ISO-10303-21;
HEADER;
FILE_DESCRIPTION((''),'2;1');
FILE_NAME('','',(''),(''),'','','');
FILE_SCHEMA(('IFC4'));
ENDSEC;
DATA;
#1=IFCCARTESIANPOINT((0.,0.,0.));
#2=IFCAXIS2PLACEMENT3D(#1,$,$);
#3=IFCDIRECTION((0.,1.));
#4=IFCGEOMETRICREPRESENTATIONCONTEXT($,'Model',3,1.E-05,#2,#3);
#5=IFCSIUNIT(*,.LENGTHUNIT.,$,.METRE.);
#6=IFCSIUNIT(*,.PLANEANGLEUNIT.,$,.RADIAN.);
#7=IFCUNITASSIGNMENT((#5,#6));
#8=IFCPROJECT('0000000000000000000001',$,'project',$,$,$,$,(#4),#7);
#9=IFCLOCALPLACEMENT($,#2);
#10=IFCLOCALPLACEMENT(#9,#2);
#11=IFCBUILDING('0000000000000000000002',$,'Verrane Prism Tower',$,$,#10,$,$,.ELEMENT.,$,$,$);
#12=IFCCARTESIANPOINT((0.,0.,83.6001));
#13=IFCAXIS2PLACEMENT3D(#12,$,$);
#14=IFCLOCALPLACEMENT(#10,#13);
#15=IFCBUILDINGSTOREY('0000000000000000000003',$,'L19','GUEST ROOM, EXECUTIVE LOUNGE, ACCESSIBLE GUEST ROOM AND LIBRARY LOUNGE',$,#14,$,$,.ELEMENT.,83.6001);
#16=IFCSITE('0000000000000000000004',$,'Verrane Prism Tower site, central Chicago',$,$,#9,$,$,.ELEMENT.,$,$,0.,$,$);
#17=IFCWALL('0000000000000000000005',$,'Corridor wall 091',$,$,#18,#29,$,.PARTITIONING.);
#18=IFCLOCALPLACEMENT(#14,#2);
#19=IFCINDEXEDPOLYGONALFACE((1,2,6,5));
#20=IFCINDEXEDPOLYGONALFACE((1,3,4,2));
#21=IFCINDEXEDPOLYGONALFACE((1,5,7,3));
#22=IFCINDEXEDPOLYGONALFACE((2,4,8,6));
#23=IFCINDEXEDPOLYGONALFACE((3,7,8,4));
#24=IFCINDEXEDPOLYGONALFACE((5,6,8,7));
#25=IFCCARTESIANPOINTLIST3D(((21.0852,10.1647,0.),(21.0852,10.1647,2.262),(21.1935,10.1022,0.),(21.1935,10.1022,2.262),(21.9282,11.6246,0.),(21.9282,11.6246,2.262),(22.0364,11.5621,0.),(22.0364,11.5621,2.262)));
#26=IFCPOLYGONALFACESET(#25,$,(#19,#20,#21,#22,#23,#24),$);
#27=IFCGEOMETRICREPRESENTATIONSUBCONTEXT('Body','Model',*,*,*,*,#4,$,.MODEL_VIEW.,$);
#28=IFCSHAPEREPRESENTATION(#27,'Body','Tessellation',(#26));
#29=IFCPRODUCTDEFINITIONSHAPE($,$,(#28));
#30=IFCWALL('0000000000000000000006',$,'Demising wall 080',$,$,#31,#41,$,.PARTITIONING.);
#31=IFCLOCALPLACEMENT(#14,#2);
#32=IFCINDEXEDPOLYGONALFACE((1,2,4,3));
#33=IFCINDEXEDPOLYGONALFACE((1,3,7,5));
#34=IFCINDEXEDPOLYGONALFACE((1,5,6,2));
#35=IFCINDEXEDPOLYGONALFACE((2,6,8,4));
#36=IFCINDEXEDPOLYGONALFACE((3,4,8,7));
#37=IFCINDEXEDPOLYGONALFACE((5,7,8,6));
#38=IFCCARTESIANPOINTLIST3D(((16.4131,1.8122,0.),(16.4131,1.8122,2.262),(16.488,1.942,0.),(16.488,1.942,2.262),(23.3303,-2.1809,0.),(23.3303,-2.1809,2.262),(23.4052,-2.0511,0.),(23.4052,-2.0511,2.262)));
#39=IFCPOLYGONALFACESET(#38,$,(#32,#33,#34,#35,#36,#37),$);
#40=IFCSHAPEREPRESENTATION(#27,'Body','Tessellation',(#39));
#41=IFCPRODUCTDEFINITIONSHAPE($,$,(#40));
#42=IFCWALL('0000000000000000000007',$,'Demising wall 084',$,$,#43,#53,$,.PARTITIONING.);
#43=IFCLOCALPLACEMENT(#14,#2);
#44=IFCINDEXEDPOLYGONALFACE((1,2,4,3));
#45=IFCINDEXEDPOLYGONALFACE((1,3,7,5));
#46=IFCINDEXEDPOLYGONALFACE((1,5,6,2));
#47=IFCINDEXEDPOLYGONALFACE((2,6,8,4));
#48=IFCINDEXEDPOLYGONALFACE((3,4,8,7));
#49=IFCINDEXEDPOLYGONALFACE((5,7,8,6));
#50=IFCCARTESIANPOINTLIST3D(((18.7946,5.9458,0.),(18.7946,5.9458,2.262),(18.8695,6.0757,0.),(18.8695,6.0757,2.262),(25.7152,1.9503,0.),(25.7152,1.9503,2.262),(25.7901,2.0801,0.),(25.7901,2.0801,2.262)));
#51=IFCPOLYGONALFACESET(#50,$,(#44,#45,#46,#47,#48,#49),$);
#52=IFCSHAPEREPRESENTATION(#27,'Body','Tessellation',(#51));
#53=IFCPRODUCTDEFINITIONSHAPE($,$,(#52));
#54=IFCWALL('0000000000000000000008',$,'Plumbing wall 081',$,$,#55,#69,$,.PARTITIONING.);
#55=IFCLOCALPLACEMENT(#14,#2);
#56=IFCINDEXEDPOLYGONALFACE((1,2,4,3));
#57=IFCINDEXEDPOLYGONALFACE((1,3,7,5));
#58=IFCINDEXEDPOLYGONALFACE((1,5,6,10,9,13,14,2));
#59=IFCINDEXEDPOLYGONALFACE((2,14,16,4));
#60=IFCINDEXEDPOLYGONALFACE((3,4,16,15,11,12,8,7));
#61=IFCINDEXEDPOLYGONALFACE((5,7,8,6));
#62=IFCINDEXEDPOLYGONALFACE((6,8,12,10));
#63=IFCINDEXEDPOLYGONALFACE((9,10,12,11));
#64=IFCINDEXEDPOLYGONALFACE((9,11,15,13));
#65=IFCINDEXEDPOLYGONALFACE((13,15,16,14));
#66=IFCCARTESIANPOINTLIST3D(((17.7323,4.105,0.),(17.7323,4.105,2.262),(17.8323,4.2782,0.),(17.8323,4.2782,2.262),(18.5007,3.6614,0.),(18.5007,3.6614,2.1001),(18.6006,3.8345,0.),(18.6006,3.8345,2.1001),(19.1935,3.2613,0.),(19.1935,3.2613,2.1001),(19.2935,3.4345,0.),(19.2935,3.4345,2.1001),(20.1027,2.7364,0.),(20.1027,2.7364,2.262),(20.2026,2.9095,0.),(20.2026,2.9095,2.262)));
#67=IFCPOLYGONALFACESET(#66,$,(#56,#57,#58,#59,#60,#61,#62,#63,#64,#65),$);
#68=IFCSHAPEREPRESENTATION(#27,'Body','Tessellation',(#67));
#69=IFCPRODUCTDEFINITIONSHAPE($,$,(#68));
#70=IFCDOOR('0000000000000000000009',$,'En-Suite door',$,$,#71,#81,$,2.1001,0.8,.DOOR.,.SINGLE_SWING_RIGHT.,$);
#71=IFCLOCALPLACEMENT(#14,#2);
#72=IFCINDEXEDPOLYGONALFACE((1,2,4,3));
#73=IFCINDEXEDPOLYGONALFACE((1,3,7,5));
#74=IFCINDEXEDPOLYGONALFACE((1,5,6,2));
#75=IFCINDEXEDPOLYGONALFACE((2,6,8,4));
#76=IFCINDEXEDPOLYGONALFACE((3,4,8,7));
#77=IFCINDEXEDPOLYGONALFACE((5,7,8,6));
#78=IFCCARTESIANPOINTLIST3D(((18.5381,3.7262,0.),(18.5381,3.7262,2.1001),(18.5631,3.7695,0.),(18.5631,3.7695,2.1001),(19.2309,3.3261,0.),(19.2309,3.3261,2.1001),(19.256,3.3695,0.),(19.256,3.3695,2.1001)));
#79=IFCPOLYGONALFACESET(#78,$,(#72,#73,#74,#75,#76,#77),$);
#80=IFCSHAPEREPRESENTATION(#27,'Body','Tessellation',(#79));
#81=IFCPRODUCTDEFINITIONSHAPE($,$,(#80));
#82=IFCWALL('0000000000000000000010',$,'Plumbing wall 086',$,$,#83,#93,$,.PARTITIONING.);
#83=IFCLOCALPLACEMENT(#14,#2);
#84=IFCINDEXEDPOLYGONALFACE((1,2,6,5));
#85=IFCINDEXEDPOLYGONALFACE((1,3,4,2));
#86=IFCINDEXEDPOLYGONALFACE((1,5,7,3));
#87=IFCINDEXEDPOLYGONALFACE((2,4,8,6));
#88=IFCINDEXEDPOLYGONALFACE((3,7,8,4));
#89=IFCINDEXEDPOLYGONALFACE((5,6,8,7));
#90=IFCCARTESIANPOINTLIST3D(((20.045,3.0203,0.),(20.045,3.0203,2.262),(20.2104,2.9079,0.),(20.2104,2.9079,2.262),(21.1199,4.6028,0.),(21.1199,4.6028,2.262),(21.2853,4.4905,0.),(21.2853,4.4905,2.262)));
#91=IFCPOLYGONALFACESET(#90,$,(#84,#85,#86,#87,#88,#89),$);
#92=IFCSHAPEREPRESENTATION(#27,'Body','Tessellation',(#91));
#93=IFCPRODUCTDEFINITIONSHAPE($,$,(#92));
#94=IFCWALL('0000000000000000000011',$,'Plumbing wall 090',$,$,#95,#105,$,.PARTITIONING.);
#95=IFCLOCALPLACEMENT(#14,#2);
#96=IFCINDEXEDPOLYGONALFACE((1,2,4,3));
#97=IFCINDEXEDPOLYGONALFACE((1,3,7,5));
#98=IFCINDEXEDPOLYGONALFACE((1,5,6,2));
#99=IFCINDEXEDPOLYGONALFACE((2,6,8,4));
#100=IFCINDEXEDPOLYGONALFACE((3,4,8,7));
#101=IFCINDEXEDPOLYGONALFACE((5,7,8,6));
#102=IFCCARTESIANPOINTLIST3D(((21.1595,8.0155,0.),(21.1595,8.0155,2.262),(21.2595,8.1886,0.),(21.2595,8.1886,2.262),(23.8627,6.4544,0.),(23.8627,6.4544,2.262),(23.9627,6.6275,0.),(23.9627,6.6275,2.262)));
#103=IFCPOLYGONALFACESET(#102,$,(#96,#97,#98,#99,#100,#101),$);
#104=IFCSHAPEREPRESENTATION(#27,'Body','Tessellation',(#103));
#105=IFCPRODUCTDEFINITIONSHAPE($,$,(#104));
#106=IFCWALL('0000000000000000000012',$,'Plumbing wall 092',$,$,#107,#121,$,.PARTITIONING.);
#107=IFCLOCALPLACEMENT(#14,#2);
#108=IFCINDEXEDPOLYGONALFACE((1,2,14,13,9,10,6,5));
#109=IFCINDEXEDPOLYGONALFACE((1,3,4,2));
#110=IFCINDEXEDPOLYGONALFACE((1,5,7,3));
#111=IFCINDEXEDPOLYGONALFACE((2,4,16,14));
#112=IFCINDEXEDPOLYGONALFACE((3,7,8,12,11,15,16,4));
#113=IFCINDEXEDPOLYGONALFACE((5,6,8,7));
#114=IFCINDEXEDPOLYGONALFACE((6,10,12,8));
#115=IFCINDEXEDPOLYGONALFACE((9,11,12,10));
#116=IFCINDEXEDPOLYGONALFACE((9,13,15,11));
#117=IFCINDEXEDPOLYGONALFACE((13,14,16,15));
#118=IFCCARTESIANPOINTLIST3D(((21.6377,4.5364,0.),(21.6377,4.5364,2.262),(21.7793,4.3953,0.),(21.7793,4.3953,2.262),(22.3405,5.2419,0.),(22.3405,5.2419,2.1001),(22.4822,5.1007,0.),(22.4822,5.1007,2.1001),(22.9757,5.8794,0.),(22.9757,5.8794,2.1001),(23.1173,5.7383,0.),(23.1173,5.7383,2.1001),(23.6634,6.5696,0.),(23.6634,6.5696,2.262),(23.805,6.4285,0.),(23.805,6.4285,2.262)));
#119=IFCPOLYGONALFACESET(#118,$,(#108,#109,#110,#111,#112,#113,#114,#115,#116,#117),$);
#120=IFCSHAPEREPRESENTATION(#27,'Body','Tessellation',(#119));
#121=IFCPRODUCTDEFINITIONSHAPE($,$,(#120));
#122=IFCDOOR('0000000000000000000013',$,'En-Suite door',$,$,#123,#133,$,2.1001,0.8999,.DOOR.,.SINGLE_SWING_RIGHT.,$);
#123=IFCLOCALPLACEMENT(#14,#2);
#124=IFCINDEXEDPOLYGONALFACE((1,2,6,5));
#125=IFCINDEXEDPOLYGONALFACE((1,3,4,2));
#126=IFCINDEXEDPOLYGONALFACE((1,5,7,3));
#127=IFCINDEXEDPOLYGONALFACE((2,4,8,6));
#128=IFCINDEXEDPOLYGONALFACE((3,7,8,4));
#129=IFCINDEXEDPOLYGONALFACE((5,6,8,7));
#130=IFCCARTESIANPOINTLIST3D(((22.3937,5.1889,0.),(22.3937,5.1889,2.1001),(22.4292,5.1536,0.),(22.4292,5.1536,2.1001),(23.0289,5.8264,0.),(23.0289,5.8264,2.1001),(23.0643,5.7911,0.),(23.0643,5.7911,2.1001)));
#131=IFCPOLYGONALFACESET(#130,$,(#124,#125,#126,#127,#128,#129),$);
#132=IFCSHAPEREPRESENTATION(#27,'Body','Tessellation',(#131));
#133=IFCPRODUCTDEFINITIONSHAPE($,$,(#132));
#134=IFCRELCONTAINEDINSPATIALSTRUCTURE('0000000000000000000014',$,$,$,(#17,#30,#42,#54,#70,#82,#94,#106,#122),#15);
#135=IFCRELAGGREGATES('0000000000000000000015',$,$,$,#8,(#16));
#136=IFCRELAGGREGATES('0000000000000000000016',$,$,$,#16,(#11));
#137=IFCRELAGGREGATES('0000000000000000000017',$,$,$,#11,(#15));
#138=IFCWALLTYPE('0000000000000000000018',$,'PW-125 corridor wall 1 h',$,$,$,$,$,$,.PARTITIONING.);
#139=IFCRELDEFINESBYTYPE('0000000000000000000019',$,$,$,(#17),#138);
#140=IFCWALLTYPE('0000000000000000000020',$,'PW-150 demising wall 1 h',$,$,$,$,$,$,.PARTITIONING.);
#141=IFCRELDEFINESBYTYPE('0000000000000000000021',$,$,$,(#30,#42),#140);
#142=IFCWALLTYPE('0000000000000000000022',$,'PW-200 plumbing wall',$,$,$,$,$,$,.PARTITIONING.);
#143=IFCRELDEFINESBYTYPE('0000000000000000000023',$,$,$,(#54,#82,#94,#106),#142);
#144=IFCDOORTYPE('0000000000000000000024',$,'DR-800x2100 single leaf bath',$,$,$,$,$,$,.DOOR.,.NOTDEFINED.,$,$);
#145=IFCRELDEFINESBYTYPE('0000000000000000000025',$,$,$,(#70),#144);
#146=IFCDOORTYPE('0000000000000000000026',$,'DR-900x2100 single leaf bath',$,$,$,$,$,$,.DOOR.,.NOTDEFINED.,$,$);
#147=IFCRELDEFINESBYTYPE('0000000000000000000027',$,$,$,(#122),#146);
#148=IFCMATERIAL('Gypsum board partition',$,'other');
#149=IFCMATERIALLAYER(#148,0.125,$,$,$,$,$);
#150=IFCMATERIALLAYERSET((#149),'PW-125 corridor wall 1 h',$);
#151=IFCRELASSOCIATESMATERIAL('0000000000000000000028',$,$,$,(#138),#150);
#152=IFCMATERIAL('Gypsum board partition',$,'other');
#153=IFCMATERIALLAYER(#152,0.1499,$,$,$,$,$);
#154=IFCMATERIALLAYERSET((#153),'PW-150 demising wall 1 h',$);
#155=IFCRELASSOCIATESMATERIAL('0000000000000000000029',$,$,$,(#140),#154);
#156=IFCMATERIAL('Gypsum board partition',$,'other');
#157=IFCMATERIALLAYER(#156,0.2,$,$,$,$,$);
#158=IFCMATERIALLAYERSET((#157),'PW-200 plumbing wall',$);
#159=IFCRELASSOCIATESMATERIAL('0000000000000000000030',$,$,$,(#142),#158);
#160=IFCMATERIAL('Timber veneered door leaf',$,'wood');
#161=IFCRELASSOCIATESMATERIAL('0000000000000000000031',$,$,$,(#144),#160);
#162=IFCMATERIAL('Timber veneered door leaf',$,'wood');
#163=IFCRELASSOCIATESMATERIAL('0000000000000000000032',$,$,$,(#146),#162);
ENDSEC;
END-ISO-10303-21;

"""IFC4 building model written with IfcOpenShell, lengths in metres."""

from ifc_helpers import new_model, si_unit, direction, frame, frame_2d, origin, place, context, subcontext, project, spatial, rectangle, extrude, material, layer, layer_set, type_object, element, fill, save


model = new_model("IFC4")

# Units and contexts
model_context = context("Model", 3, precision=1e-05, world=origin(), true_north=direction((0.0, 1.0)))
body_context = subcontext(model_context, "Body", "Model", "MODEL_VIEW")
ifc_project = project(units=[si_unit("LENGTHUNIT", "METRE"), si_unit("PLANEANGLEUNIT", "RADIAN")], contexts=[model_context])

# Site, building, storey
site_placement = place(None, origin())
site = spatial("IfcSite", under=ifc_project, at=site_placement, Name="Verrane Prism Tower site, central Chicago", CompositionType="ELEMENT", RefElevation=0.0)
building_placement = place(site_placement, origin())
building = spatial("IfcBuilding", under=site, at=building_placement, Name="Verrane Prism Tower", CompositionType="ELEMENT")
storey_placement = place(building_placement, frame((0.0, 0.0, 83.6001)))
storey = spatial("IfcBuildingStorey", under=building, at=storey_placement, Name="L19", Description="GUEST ROOM, EXECUTIVE LOUNGE, ACCESSIBLE GUEST ROOM AND LIBRARY LOUNGE", CompositionType="ELEMENT", Elevation=83.6001)

# Shared definitions
ifc_material_1 = material(Name="Gypsum board partition", Category="other")
ifc_layer_1 = layer(ifc_material_1, 0.125)
ifc_layer_set_1 = layer_set([ifc_layer_1], Name="PW-125 corridor wall 1 h")
wall_type_1 = type_object("IfcWallType", Name="PW-125 corridor wall 1 h", PredefinedType="PARTITIONING", material=ifc_layer_set_1)

# Walls
wall_1_placement = place(storey_placement, frame((21.1394, 10.1335, 0.0), z_axis=(0.0, 0.0, 1.0), x_axis=(0.500048, 0.865997, 0.0)))
element("IfcWall", 1, at=wall_1_placement, inside=storey, type_object=wall_type_1, Name="Corridor wall 091", PredefinedType="PARTITIONING", context=body_context, shape_type="SweptSolid", body=[
    extrude(rectangle(XDim=1.6858, YDim=0.125, at=frame_2d((0.8428, 0.0))), origin(), (0.0, 0.0, 1.0), 2.262),
])
ifc_material_2 = material(Name="Gypsum board partition", Category="other")
ifc_layer_2 = layer(ifc_material_2, 0.1499)
ifc_layer_set_2 = layer_set([ifc_layer_2], Name="PW-150 demising wall 1 h")
wall_type_2 = type_object("IfcWallType", Name="PW-150 demising wall 1 h", PredefinedType="PARTITIONING", material=ifc_layer_set_2)
wall_2_placement = place(storey_placement, frame((16.4504, 1.8772, 0.0), z_axis=(0.0, 0.0, 1.0), x_axis=(0.866053, -0.499953, 0.0)))
element("IfcWall", 2, at=wall_2_placement, inside=storey, type_object=wall_type_2, Name="Demising wall 080", PredefinedType="PARTITIONING", context=body_context, shape_type="SweptSolid", body=[
    extrude(rectangle(XDim=7.9871, YDim=0.1499, at=frame_2d((3.9937, 0.0))), origin(), (0.0, 0.0, 1.0), 2.262),
])
wall_3_placement = place(storey_placement, frame((18.832, 6.0107, 0.0), z_axis=(0.0, 0.0, 1.0), x_axis=(0.866027, -0.499997, 0.0)))
element("IfcWall", 3, at=wall_3_placement, inside=storey, type_object=wall_type_2, Name="Demising wall 084", PredefinedType="PARTITIONING", context=body_context, shape_type="SweptSolid", body=[
    extrude(rectangle(XDim=7.9912, YDim=0.1499, at=frame_2d((3.9956, 0.0))), origin(), (0.0, 0.0, 1.0), 2.262),
])

# Wall, opening, door
ifc_material_3 = material(Name="Gypsum board partition", Category="other")
ifc_layer_3 = layer(ifc_material_3, 0.2)
ifc_layer_set_3 = layer_set([ifc_layer_3], Name="PW-200 plumbing wall")
wall_type_3 = type_object("IfcWallType", Name="PW-200 plumbing wall", PredefinedType="PARTITIONING", material=ifc_layer_set_3)
wall_4_placement = place(storey_placement, frame((17.7822, 4.1917, 0.0), z_axis=(0.0, 0.0, 1.0), x_axis=(0.866006, -0.500034, 0.0)))
wall_4 = element("IfcWall", 4, at=wall_4_placement, inside=storey, type_object=wall_type_3, Name="Plumbing wall 081", PredefinedType="PARTITIONING", context=body_context, shape_type="SweptSolid", body=[
    extrude(rectangle(XDim=2.7371, YDim=0.2, at=frame_2d((1.3687, 0.0))), origin(), (0.0, 0.0, 1.0), 2.262),
])
opening_1_placement = place(wall_4_placement, frame((0.8875, 0.0, 0.0)))
opening_1 = element("IfcOpeningElement", 5, at=opening_1_placement, cuts=wall_4, PredefinedType="OPENING", context=body_context, shape_type="SweptSolid", body=[
    extrude(rectangle(XDim=0.8, YDim=2.1001, at=frame_2d((0.3999, 1.05))), frame((0.0, 0.1099, 0.0), z_axis=(0.0, -1.0, 0.0), x_axis=(1.0, 0.0, 0.0)), (0.0, 0.0, 1.0), 0.22),
])
ifc_material_4 = material(Name="Timber veneered door leaf", Category="wood")
door_type_1 = type_object("IfcDoorType", Name="DR-800x2100 single leaf bath", OperationType="NOTDEFINED", PredefinedType="DOOR", material=ifc_material_4)
door_1_placement = place(opening_1_placement, origin())
door_1 = element("IfcDoor", 6, at=door_1_placement, inside=storey, type_object=door_type_1, Name="En-Suite door", OperationType="SINGLE_SWING_RIGHT", OverallHeight=2.1001, OverallWidth=0.8, PredefinedType="DOOR", context=body_context, shape_type="SweptSolid", body=[
    extrude(rectangle(XDim=0.8, YDim=2.1001, at=frame_2d((0.3999, 1.05))), frame((0.0, 0.0249, 0.0), z_axis=(0.0, -1.0, 0.0), x_axis=(1.0, 0.0, 0.0)), (0.0, 0.0, 1.0), 0.05),
])
fill(opening_1, door_1)

# Walls
wall_5_placement = place(storey_placement, frame((20.1277, 2.9641, 0.0), z_axis=(0.0, 0.0, 1.0), x_axis=(0.561895, 0.827209, 0.0)))
element("IfcWall", 7, at=wall_5_placement, inside=storey, type_object=wall_type_3, Name="Plumbing wall 086", PredefinedType="PARTITIONING", context=body_context, shape_type="SweptSolid", body=[
    extrude(rectangle(XDim=1.9131, YDim=0.2, at=frame_2d((0.9565, 0.0))), origin(), (0.0, 0.0, 1.0), 2.262),
])
wall_6_placement = place(storey_placement, frame((21.2095, 8.1021, 0.0), z_axis=(0.0, 0.0, 1.0), x_axis=(0.865972, -0.500093, 0.0)))
element("IfcWall", 8, at=wall_6_placement, inside=storey, type_object=wall_type_3, Name="Plumbing wall 090", PredefinedType="PARTITIONING", context=body_context, shape_type="SweptSolid", body=[
    extrude(rectangle(XDim=3.1216, YDim=0.2, at=frame_2d((1.5608, 0.0))), origin(), (0.0, 0.0, 1.0), 2.262),
])

# Wall, opening, door
wall_7_placement = place(storey_placement, frame((21.7085, 4.4658, 0.0), z_axis=(0.0, 0.0, 1.0), x_axis=(0.705787, 0.708424, 0.0)))
wall_7 = element("IfcWall", 9, at=wall_7_placement, inside=storey, type_object=wall_type_3, Name="Plumbing wall 092", PredefinedType="PARTITIONING", context=body_context, shape_type="SweptSolid", body=[
    extrude(rectangle(XDim=2.8701, YDim=0.2, at=frame_2d((1.4351, 0.0))), origin(), (0.0, 0.0, 1.0), 2.262),
])
opening_2_placement = place(wall_7_placement, frame((0.9958, 0.0, 0.0)))
opening_2 = element("IfcOpeningElement", 10, at=opening_2_placement, cuts=wall_7, PredefinedType="OPENING", context=body_context, shape_type="SweptSolid", body=[
    extrude(rectangle(XDim=0.8999, YDim=2.1001, at=frame_2d((0.45, 1.05))), frame((0.0, 0.1099, 0.0), z_axis=(0.0, -1.0, 0.0), x_axis=(1.0, 0.0, 0.0)), (0.0, 0.0, 1.0), 0.22),
])
ifc_material_5 = material(Name="Timber veneered door leaf", Category="wood")
door_type_2 = type_object("IfcDoorType", Name="DR-900x2100 single leaf bath", OperationType="NOTDEFINED", PredefinedType="DOOR", material=ifc_material_5)
door_2_placement = place(opening_2_placement, origin())
door_2 = element("IfcDoor", 11, at=door_2_placement, inside=storey, type_object=door_type_2, Name="En-Suite door", OperationType="SINGLE_SWING_RIGHT", OverallHeight=2.1001, OverallWidth=0.8999, PredefinedType="DOOR", context=body_context, shape_type="SweptSolid", body=[
    extrude(rectangle(XDim=0.8999, YDim=2.1001, at=frame_2d((0.45, 1.05))), frame((0.0, 0.0249, 0.0), z_axis=(0.0, -1.0, 0.0), x_axis=(1.0, 0.0, 0.0)), (0.0, 0.0, 1.0), 0.05),
])
fill(opening_2, door_2)

save(model, "model.ifc")
